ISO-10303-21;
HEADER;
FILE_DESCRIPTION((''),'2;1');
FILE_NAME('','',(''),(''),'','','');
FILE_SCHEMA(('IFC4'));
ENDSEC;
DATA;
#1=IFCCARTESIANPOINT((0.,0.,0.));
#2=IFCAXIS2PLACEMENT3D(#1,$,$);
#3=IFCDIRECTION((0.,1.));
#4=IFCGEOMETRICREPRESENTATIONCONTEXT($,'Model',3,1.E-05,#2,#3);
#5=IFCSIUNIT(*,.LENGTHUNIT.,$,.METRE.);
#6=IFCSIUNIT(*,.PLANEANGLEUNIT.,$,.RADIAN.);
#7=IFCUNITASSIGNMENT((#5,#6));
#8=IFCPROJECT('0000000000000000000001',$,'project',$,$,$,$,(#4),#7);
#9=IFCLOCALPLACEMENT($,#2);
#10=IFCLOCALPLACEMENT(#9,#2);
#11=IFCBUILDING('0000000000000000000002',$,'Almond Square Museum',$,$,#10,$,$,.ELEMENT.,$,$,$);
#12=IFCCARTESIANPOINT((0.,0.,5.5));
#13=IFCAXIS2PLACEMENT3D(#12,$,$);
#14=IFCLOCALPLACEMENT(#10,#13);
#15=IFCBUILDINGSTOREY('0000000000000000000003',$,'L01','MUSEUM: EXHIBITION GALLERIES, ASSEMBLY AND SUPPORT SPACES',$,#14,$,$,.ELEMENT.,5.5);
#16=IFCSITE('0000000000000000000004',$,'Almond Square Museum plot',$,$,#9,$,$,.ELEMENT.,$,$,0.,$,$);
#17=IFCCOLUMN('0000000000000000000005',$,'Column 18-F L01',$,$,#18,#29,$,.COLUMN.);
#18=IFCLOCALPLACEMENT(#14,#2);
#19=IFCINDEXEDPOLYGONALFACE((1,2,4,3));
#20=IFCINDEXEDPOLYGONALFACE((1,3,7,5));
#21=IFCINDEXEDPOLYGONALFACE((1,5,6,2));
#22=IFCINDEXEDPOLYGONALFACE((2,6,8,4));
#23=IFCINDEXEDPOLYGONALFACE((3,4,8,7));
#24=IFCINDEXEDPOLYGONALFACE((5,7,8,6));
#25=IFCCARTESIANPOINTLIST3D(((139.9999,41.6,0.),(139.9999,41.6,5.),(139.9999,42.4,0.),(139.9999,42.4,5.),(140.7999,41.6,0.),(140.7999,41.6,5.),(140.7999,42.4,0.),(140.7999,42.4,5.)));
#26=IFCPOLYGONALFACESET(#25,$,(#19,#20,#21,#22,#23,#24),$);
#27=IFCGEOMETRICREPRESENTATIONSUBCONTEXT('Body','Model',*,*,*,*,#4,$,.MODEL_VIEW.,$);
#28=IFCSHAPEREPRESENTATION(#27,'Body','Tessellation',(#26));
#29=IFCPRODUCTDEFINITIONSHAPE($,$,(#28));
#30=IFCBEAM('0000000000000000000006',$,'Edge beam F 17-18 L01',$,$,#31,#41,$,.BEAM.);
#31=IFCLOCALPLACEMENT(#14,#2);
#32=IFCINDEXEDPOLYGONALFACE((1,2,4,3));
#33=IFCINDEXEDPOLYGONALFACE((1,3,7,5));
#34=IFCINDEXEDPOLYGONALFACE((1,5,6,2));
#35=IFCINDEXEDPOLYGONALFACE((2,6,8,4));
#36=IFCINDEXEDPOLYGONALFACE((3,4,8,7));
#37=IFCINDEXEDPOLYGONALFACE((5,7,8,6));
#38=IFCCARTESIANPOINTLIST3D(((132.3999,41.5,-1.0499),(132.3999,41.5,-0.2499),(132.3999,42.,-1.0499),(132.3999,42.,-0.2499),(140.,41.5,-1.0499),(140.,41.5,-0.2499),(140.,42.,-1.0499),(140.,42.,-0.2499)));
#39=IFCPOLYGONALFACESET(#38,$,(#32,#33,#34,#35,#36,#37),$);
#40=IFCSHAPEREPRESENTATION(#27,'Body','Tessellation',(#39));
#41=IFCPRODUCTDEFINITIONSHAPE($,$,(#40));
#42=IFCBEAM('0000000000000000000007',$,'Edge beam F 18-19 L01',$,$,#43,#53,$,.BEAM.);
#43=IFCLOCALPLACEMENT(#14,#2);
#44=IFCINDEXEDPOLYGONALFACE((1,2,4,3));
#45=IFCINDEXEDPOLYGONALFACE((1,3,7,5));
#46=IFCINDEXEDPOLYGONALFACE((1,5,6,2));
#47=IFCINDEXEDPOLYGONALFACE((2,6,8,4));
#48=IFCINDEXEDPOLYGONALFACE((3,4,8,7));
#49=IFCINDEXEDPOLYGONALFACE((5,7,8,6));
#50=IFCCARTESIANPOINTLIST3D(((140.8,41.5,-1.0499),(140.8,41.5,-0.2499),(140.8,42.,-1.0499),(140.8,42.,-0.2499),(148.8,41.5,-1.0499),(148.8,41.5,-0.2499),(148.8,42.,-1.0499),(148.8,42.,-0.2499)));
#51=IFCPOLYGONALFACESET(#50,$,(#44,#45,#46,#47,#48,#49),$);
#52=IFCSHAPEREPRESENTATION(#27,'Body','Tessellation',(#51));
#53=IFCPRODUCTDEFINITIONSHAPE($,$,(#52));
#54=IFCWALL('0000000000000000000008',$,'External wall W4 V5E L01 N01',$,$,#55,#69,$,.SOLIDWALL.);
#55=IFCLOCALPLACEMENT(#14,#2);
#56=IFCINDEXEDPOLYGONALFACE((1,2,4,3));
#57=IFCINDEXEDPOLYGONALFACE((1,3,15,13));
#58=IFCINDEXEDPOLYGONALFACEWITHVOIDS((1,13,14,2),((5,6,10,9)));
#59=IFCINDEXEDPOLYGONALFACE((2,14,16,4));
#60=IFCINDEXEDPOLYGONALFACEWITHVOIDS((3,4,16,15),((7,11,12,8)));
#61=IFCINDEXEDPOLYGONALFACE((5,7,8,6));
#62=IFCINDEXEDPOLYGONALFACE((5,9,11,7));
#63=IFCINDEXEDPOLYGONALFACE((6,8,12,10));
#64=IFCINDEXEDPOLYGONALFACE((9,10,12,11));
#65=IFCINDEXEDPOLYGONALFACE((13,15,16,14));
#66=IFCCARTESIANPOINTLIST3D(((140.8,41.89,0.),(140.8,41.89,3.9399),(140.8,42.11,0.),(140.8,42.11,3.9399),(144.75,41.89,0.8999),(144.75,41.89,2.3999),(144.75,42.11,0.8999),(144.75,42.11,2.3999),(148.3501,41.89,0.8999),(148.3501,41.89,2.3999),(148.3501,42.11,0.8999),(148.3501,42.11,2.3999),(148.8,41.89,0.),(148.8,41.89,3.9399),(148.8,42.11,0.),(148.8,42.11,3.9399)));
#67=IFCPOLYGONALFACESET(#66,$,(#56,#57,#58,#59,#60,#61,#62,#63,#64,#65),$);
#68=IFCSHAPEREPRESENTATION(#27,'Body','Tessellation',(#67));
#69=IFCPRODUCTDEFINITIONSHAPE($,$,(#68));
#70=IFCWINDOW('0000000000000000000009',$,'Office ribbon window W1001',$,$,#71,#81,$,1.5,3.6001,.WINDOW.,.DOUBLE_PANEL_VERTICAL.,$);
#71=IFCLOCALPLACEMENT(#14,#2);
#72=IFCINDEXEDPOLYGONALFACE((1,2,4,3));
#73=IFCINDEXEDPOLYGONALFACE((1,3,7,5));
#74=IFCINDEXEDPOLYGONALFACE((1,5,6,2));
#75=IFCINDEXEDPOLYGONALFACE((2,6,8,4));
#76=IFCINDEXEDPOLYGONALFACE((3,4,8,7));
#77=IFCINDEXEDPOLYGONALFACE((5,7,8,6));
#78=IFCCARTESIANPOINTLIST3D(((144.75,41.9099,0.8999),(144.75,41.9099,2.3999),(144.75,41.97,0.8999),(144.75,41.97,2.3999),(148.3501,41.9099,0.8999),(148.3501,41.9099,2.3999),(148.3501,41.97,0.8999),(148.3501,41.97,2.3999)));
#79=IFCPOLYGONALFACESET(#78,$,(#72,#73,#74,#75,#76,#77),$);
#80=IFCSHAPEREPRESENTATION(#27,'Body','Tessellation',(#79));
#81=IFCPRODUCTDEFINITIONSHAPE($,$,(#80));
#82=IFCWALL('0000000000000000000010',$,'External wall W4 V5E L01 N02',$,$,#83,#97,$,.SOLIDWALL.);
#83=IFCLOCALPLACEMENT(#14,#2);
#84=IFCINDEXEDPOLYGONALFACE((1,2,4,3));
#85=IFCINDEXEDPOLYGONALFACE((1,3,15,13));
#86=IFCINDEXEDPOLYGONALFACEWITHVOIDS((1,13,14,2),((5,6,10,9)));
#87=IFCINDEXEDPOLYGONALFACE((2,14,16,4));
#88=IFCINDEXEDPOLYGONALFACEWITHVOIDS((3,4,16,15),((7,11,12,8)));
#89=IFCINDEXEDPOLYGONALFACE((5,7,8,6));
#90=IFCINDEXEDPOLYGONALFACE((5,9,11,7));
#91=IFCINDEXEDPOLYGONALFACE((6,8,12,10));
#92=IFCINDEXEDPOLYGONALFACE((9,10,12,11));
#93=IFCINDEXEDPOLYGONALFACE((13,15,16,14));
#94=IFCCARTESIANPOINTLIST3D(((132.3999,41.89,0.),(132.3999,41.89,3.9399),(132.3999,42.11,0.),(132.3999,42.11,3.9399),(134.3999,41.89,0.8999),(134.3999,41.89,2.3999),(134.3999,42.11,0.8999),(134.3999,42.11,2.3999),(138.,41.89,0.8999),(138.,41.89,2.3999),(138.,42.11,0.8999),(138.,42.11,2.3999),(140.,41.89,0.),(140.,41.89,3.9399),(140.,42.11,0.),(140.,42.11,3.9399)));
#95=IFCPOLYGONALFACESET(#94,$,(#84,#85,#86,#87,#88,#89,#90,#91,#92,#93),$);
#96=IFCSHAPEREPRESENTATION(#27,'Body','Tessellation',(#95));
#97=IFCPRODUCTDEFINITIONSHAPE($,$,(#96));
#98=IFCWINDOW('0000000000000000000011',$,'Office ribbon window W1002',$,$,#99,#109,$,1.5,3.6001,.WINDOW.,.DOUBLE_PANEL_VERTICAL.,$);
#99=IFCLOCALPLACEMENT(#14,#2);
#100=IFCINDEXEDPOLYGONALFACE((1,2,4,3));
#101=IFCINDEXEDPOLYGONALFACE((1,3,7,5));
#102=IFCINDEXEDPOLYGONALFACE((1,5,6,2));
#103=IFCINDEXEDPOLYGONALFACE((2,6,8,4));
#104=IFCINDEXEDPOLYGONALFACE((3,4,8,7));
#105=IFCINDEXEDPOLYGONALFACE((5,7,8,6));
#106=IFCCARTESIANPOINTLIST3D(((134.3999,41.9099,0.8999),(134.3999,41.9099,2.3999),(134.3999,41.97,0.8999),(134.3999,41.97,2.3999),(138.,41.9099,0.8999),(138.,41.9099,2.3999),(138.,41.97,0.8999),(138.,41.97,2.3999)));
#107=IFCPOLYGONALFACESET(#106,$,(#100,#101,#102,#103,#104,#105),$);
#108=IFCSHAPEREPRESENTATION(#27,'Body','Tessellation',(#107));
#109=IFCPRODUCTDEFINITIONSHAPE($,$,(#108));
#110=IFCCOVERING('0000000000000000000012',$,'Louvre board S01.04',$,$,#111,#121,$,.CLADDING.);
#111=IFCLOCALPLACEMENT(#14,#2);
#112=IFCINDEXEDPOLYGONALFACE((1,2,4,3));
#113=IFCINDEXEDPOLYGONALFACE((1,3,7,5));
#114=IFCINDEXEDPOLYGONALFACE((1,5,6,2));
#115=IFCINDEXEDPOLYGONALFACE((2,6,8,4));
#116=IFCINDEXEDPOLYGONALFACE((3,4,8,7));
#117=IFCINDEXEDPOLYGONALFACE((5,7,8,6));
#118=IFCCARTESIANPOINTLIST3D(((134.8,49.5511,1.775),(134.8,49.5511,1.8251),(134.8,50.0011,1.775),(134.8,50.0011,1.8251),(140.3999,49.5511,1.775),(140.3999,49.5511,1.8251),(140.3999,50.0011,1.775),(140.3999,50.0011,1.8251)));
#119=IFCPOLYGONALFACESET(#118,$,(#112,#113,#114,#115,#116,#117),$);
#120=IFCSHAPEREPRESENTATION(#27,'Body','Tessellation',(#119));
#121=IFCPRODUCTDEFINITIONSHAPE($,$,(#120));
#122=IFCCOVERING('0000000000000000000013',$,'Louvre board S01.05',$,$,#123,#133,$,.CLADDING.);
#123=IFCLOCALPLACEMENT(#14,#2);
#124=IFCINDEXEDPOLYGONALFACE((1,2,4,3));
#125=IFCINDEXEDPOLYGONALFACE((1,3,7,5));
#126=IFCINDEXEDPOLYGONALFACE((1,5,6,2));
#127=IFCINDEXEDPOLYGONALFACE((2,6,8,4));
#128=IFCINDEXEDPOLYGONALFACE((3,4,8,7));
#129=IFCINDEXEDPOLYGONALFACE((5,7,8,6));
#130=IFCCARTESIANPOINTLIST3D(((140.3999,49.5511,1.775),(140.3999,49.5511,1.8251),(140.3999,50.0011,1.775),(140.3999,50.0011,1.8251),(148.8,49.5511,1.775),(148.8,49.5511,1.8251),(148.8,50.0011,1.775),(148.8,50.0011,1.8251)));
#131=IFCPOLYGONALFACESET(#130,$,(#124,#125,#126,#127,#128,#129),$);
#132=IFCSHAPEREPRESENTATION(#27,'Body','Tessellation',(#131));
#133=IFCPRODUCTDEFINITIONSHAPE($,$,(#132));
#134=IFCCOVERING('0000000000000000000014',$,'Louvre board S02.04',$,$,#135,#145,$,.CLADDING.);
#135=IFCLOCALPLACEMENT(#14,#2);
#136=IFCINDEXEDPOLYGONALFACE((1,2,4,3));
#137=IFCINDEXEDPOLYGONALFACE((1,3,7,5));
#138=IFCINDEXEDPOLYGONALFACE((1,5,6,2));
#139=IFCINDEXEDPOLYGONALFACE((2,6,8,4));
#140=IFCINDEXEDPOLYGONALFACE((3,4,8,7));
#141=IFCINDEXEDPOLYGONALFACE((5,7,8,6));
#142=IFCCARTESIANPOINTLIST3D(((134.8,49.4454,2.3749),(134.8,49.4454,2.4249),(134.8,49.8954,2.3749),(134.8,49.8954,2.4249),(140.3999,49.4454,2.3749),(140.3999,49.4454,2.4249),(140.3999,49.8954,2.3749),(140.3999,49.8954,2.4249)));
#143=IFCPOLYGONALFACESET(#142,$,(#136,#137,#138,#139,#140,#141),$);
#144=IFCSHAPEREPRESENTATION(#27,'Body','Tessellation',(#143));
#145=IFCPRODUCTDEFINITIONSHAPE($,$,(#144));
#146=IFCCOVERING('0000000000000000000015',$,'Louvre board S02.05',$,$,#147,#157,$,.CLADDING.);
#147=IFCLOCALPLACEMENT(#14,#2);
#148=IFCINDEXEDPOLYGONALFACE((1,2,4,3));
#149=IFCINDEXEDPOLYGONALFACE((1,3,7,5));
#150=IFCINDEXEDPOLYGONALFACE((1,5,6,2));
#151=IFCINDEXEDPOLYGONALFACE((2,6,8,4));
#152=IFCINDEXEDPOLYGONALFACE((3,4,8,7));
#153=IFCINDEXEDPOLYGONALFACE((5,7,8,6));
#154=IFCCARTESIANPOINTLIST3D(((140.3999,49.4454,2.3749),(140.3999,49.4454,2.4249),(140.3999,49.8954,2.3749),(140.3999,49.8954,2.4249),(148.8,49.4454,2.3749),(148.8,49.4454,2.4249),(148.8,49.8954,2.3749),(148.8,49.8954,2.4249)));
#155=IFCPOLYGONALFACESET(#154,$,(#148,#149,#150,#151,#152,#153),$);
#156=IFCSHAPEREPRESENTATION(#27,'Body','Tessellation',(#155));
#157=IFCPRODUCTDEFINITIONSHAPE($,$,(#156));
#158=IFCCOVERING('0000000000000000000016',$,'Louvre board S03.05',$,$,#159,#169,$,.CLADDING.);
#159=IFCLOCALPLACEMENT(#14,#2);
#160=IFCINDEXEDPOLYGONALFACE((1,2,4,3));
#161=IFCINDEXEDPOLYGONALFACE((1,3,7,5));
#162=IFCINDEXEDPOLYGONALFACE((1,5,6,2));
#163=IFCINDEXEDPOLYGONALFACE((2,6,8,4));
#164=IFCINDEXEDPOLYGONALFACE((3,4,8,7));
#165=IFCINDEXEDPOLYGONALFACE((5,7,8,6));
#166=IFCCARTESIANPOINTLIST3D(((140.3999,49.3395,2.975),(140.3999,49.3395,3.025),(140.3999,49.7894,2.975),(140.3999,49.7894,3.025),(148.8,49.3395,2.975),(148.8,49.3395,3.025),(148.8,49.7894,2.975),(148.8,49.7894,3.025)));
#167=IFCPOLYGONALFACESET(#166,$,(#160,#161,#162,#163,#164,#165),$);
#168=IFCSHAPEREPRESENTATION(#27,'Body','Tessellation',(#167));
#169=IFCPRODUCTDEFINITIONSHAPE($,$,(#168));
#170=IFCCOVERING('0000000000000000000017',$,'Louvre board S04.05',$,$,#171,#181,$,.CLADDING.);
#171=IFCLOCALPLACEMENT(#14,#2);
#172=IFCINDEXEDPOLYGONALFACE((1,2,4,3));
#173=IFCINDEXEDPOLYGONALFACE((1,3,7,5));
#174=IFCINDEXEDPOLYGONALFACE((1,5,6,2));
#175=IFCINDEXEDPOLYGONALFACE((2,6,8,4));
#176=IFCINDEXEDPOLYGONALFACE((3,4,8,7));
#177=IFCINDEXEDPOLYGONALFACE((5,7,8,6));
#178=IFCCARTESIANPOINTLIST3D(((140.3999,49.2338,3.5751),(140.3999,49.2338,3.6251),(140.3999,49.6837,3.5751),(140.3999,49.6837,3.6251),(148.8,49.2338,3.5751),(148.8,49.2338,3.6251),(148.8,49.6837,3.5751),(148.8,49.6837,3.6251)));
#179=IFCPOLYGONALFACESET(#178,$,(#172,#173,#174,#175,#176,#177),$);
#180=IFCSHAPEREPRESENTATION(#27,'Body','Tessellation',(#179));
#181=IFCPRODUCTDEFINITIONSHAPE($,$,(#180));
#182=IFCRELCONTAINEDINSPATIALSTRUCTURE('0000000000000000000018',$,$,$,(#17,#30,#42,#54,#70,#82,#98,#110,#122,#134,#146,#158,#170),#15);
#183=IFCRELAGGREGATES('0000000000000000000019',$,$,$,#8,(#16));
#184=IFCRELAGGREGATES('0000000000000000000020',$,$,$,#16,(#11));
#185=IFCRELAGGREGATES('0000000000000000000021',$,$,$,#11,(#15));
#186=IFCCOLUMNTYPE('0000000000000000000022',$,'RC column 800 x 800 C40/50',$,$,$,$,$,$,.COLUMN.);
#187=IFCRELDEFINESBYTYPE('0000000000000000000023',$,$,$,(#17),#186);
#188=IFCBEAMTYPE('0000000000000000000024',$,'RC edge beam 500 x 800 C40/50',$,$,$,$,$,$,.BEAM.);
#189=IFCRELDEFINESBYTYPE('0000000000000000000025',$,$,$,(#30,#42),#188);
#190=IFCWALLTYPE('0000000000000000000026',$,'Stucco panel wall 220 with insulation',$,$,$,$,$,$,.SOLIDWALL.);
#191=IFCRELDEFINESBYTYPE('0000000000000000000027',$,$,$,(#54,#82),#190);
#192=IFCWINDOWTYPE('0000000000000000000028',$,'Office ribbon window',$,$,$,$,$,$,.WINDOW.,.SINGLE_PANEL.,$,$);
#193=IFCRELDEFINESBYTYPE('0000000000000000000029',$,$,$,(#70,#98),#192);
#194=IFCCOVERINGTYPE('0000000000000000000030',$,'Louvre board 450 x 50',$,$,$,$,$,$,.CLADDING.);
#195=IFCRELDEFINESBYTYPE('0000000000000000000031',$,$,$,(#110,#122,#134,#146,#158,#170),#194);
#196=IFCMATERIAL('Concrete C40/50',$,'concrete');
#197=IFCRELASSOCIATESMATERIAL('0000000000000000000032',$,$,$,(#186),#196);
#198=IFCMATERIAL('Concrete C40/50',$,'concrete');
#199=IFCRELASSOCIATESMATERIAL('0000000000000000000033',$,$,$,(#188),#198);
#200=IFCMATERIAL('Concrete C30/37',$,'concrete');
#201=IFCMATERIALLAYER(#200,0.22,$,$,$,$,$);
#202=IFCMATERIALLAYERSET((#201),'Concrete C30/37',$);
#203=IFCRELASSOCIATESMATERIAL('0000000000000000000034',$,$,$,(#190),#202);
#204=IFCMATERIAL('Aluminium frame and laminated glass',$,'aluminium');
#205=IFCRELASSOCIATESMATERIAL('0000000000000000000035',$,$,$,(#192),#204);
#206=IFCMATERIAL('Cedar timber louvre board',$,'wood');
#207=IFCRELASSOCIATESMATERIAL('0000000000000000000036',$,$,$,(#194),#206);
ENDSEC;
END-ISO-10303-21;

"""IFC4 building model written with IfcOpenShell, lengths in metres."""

from ifc_helpers import new_model, si_unit, direction, frame, frame_2d, origin, origin_2d, place, context, subcontext, project, spatial, rectangle, extrude, material, layer, layer_set, material_profile, profile_set, type_object, element, fill, save


model = new_model("IFC4")

# Units and contexts
model_context = context("Model", 3, precision=1e-05, world=origin(), true_north=direction((0.0, 1.0)))
body_context = subcontext(model_context, "Body", "Model", "MODEL_VIEW")
ifc_project = project(units=[si_unit("LENGTHUNIT", "METRE"), si_unit("PLANEANGLEUNIT", "RADIAN")], contexts=[model_context])

# Site, building, storey
site_placement = place(None, origin())
site = spatial("IfcSite", under=ifc_project, at=site_placement, Name="Almond Square Museum plot", CompositionType="ELEMENT", RefElevation=0.0)
building_placement = place(site_placement, origin())
building = spatial("IfcBuilding", under=site, at=building_placement, Name="Almond Square Museum", CompositionType="ELEMENT")
storey_placement = place(building_placement, frame((0.0, 0.0, 5.5)))
storey = spatial("IfcBuildingStorey", under=building, at=storey_placement, Name="L01", Description="MUSEUM: EXHIBITION GALLERIES, ASSEMBLY AND SUPPORT SPACES", CompositionType="ELEMENT", Elevation=5.5)

# Column
ifc_material_1 = material(Name="Concrete C40/50", Category="concrete")
ifc_material_profile_1 = material_profile(ifc_material_1, rectangle(XDim=0.8, YDim=0.8, at=origin_2d()))
ifc_profile_set_1 = profile_set([ifc_material_profile_1], Name="Concrete C40/50")
column_type = type_object("IfcColumnType", Name="RC column 800 x 800 C40/50", PredefinedType="COLUMN", material=ifc_profile_set_1)
column_placement = place(storey_placement, frame((140.3999, 42.0, 0.0), z_axis=(0.0, 0.0, 1.0), x_axis=(1.0, 0.0, 0.0)))
element("IfcColumn", 1, at=column_placement, inside=storey, type_object=column_type, Name="Column 18-F L01", PredefinedType="COLUMN", context=body_context, shape_type="SweptSolid", body=[
    extrude(rectangle(XDim=0.8, YDim=0.8, at=origin_2d()), origin(), (0.0, 0.0, 1.0), 5.0),
])

# Beams
ifc_material_2 = material(Name="Concrete C40/50", Category="concrete")
ifc_material_profile_2 = material_profile(ifc_material_2, rectangle(XDim=0.5, YDim=0.8, at=origin_2d()))
ifc_profile_set_2 = profile_set([ifc_material_profile_2], Name="Concrete C40/50")
beam_type = type_object("IfcBeamType", Name="RC edge beam 500 x 800 C40/50", PredefinedType="BEAM", material=ifc_profile_set_2)
beam_1_placement = place(storey_placement, frame((132.3999, 41.75, -0.6499), z_axis=(1.0, 0.0, 0.0), x_axis=(0.0, 1.0, 0.0)))
element("IfcBeam", 2, at=beam_1_placement, inside=storey, type_object=beam_type, Name="Edge beam F 17-18 L01", PredefinedType="BEAM", context=body_context, shape_type="SweptSolid", body=[
    extrude(rectangle(XDim=0.5, YDim=0.8, at=origin_2d()), origin(), (0.0, 0.0, 1.0), 7.6001),
])
beam_2_placement = place(storey_placement, frame((140.8, 41.75, -0.6499), z_axis=(1.0, 0.0, 0.0), x_axis=(0.0, 1.0, 0.0)))
element("IfcBeam", 3, at=beam_2_placement, inside=storey, type_object=beam_type, Name="Edge beam F 18-19 L01", PredefinedType="BEAM", context=body_context, shape_type="SweptSolid", body=[
    extrude(rectangle(XDim=0.5, YDim=0.8, at=origin_2d()), origin(), (0.0, 0.0, 1.0), 8.0),
])

# Walls, openings, windows
ifc_material_3 = material(Name="Concrete C30/37", Category="concrete")
ifc_layer_1 = layer(ifc_material_3, 0.22)
ifc_layer_set_1 = layer_set([ifc_layer_1], Name="Concrete C30/37")
wall_type = type_object("IfcWallType", Name="Stucco panel wall 220 with insulation", PredefinedType="SOLIDWALL", material=ifc_layer_set_1)
wall_1_placement = place(storey_placement, frame((140.8, 42.0, 0.0), z_axis=(0.0, 0.0, 1.0), x_axis=(1.0, 0.0, 0.0)))
wall_1 = element("IfcWall", 4, at=wall_1_placement, inside=storey, type_object=wall_type, Name="External wall W4 V5E L01 N01", PredefinedType="SOLIDWALL", context=body_context, shape_type="SweptSolid", body=[
    extrude(rectangle(XDim=8.0, YDim=0.22, at=frame_2d((4.0, 0.0))), origin(), (0.0, 0.0, 1.0), 3.9399),
])
opening_1_placement = place(wall_1_placement, frame((3.95, 0.0, 0.8999)))
opening_1 = element("IfcOpeningElement", 5, at=opening_1_placement, cuts=wall_1, PredefinedType="OPENING", context=body_context, shape_type="SweptSolid", body=[
    extrude(rectangle(XDim=3.6001, YDim=1.5, at=frame_2d((1.8, 0.75))), frame((0.0, 0.1199, 0.0), z_axis=(0.0, -1.0, 0.0), x_axis=(1.0, 0.0, 0.0)), (0.0, 0.0, 1.0), 0.24),
])
ifc_material_4 = material(Name="Aluminium frame and laminated glass", Category="aluminium")
window_type = type_object("IfcWindowType", Name="Office ribbon window", PartitioningType="SINGLE_PANEL", PredefinedType="WINDOW", material=ifc_material_4)
window_1_placement = place(opening_1_placement, origin())
window_1 = element("IfcWindow", 6, at=window_1_placement, inside=storey, type_object=window_type, Name="Office ribbon window W1001", OverallHeight=1.5, OverallWidth=3.6001, PartitioningType="DOUBLE_PANEL_VERTICAL", PredefinedType="WINDOW", context=body_context, shape_type="SweptSolid", body=[
    extrude(rectangle(XDim=3.6001, YDim=1.5, at=frame_2d((1.8, 0.75))), frame((0.0, -0.03, 0.0), z_axis=(0.0, -1.0, 0.0), x_axis=(1.0, 0.0, 0.0)), (0.0, 0.0, 1.0), 0.0601),
])
fill(opening_1, window_1)
wall_2_placement = place(storey_placement, frame((132.3999, 42.0, 0.0), z_axis=(0.0, 0.0, 1.0), x_axis=(1.0, 0.0, 0.0)))
wall_2 = element("IfcWall", 7, at=wall_2_placement, inside=storey, type_object=wall_type, Name="External wall W4 V5E L01 N02", PredefinedType="SOLIDWALL", context=body_context, shape_type="SweptSolid", body=[
    extrude(rectangle(XDim=7.6001, YDim=0.22, at=frame_2d((3.8, 0.0))), origin(), (0.0, 0.0, 1.0), 3.9399),
])
opening_2_placement = place(wall_2_placement, frame((2.0, 0.0, 0.8999)))
opening_2 = element("IfcOpeningElement", 8, at=opening_2_placement, cuts=wall_2, PredefinedType="OPENING", context=body_context, shape_type="SweptSolid", body=[
    extrude(rectangle(XDim=3.6001, YDim=1.5, at=frame_2d((1.8, 0.75))), frame((0.0, 0.1199, 0.0), z_axis=(0.0, -1.0, 0.0), x_axis=(1.0, 0.0, 0.0)), (0.0, 0.0, 1.0), 0.24),
])
window_2_placement = place(opening_2_placement, origin())
window_2 = element("IfcWindow", 9, at=window_2_placement, inside=storey, type_object=window_type, Name="Office ribbon window W1002", OverallHeight=1.5, OverallWidth=3.6001, PartitioningType="DOUBLE_PANEL_VERTICAL", PredefinedType="WINDOW", context=body_context, shape_type="SweptSolid", body=[
    extrude(rectangle(XDim=3.6001, YDim=1.5, at=frame_2d((1.8, 0.75))), frame((0.0, -0.03, 0.0), z_axis=(0.0, -1.0, 0.0), x_axis=(1.0, 0.0, 0.0)), (0.0, 0.0, 1.0), 0.0601),
])
fill(opening_2, window_2)

# Coverings
ifc_material_5 = material(Name="Cedar timber louvre board", Category="wood")
ifc_material_profile_3 = material_profile(ifc_material_5, rectangle(XDim=0.45, YDim=0.05, at=origin_2d()))
ifc_profile_set_3 = profile_set([ifc_material_profile_3], Name="Cedar timber louvre board")
covering_type_1 = type_object("IfcCoveringType", Name="Louvre board 450 x 50", PredefinedType="CLADDING", material=ifc_profile_set_3)
covering_1_placement = place(storey_placement, frame((134.8, 49.7761, 1.8), z_axis=(1.0, 0.0, 0.0), x_axis=(0.0, 1.0, 0.0)))
element("IfcCovering", 10, at=covering_1_placement, inside=storey, type_object=covering_type_1, Name="Louvre board S01.04", PredefinedType="CLADDING", context=body_context, shape_type="SweptSolid", body=[
    extrude(rectangle(XDim=0.45, YDim=0.05, at=origin_2d()), origin(), (0.0, 0.0, 1.0), 5.5999),
])
covering_2_placement = place(storey_placement, frame((140.3999, 49.7761, 1.8), z_axis=(1.0, 0.0, 0.0), x_axis=(0.0, 1.0, 0.0)))
element("IfcCovering", 11, at=covering_2_placement, inside=storey, type_object=covering_type_1, Name="Louvre board S01.05", PredefinedType="CLADDING", context=body_context, shape_type="SweptSolid", body=[
    extrude(rectangle(XDim=0.45, YDim=0.05, at=origin_2d()), origin(), (0.0, 0.0, 1.0), 8.4001),
])
covering_3_placement = place(storey_placement, frame((134.8, 49.6704, 2.3999), z_axis=(1.0, 0.0, 0.0), x_axis=(0.0, 1.0, 0.0)))
element("IfcCovering", 12, at=covering_3_placement, inside=storey, type_object=covering_type_1, Name="Louvre board S02.04", PredefinedType="CLADDING", context=body_context, shape_type="SweptSolid", body=[
    extrude(rectangle(XDim=0.45, YDim=0.05, at=origin_2d()), origin(), (0.0, 0.0, 1.0), 5.5999),
])
for number, where, z_axis, x_axis, name in (
    (13, (140.3999, 49.6704, 2.3999), (1.0, 0.0, 0.0), (0.0, 1.0, 0.0), "Louvre board S02.05"),
    (14, (140.3999, 49.5645, 3.0), (1.0, 0.0, 0.0), (0.0, 1.0, 0.0), "Louvre board S03.05"),
    (15, (140.3999, 49.4587, 3.6001), (1.0, 0.0, 0.0), (0.0, 1.0, 0.0), "Louvre board S04.05"),
):
    element("IfcCovering", number, at=place(storey_placement, frame(where, z_axis=z_axis, x_axis=x_axis)), inside=storey, type_object=covering_type_1, Name=name, PredefinedType="CLADDING", context=body_context, shape_type="SweptSolid", body=[
        extrude(rectangle(XDim=0.45, YDim=0.05, at=origin_2d()), origin(), (0.0, 0.0, 1.0), 8.4001),
    ])

save(model, "model.ifc")
